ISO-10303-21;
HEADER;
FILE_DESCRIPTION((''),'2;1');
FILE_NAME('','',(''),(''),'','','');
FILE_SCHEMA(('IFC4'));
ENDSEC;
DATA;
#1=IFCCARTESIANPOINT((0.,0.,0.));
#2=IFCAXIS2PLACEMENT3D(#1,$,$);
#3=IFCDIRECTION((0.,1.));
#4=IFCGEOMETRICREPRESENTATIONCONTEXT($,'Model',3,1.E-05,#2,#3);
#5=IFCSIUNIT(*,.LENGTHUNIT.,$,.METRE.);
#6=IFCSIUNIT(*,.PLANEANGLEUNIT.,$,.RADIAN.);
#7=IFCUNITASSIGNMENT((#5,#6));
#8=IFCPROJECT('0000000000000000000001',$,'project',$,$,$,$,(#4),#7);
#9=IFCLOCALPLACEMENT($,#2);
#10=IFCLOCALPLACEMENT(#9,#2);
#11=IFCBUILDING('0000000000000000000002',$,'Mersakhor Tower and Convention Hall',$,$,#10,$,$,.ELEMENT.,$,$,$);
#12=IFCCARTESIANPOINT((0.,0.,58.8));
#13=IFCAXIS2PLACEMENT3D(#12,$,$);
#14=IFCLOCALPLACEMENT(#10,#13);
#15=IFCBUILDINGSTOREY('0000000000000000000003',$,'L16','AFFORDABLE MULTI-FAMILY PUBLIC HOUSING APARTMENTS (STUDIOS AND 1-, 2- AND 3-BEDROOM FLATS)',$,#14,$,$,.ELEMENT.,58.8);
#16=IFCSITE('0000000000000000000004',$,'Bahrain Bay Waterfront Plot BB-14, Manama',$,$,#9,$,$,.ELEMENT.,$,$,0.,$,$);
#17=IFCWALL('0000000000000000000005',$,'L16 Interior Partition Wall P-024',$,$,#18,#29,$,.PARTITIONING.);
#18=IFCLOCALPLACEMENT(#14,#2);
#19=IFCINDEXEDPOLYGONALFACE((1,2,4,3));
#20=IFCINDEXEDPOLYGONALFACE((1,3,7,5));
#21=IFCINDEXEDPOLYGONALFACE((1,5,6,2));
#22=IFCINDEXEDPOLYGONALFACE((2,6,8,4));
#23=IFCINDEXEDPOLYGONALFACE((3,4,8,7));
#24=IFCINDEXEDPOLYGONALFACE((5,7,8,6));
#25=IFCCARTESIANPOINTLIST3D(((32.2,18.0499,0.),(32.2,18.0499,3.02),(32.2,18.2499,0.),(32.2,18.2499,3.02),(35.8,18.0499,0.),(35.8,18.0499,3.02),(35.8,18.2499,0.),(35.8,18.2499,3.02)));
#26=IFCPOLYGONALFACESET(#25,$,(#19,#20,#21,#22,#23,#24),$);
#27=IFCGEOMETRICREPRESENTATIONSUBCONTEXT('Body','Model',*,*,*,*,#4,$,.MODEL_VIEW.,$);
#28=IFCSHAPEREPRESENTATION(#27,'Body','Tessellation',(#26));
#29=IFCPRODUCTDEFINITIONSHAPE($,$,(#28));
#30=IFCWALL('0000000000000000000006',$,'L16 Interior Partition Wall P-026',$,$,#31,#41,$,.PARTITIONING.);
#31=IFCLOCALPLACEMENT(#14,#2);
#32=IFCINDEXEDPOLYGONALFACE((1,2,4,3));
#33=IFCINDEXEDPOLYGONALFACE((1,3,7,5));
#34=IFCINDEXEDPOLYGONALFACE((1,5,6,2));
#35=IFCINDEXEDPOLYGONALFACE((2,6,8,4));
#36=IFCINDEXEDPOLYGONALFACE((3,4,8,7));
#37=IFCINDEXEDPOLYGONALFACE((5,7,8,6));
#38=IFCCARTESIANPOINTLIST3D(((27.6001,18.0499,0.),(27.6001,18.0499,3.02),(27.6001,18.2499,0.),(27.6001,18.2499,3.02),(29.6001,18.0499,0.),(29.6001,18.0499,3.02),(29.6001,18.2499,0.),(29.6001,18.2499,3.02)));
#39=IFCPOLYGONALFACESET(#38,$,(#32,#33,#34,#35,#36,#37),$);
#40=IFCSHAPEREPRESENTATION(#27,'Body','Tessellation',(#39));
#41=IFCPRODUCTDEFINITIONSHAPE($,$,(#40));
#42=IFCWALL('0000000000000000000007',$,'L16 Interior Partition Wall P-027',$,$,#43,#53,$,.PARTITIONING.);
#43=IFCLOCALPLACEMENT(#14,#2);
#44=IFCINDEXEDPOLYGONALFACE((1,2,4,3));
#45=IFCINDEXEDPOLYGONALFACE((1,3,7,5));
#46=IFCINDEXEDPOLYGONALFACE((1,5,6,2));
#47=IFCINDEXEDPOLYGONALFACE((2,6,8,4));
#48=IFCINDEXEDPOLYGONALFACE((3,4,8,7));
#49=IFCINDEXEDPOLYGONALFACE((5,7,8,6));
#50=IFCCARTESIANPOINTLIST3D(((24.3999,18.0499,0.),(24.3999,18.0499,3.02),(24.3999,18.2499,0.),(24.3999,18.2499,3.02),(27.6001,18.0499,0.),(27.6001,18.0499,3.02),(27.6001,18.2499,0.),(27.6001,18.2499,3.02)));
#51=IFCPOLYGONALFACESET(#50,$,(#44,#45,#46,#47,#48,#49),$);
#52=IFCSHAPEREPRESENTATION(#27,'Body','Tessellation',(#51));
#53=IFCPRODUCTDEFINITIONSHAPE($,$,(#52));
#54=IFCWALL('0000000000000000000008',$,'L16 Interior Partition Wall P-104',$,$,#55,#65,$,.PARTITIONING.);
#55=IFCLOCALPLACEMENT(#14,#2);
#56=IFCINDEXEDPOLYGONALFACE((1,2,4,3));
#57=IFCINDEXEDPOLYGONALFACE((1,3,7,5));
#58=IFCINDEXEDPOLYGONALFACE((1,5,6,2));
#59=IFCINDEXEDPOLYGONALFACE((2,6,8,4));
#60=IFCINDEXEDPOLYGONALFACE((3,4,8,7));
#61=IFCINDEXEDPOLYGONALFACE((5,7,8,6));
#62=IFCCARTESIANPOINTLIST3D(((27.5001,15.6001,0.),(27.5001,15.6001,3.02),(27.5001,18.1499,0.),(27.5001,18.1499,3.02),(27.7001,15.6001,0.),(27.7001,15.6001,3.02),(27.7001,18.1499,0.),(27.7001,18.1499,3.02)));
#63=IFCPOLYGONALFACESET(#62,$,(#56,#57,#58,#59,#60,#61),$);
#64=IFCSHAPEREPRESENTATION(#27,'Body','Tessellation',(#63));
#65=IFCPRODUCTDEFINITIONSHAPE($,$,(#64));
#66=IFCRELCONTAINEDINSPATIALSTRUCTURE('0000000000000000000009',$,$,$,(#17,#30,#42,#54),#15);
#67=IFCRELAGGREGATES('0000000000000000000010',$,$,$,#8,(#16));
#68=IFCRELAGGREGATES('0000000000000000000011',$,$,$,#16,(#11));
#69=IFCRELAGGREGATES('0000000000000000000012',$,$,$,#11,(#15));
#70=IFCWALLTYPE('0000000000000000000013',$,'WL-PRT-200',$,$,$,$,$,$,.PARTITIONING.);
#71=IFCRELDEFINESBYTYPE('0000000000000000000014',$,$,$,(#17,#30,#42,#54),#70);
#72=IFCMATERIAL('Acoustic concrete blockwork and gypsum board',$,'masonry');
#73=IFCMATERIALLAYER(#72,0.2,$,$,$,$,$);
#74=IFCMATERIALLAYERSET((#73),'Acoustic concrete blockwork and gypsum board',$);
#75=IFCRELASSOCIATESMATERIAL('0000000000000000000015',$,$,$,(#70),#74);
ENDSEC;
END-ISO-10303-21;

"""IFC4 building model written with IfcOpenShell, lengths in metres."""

from ifc_helpers import new_model, si_unit, direction, frame, frame_2d, origin, place, context, subcontext, project, spatial, rectangle, extrude, material, layer, layer_set, type_object, element, save


model = new_model("IFC4")

# Units and contexts
model_context = context("Model", 3, precision=1e-05, world=origin(), true_north=direction((0.0, 1.0)))
body_context = subcontext(model_context, "Body", "Model", "MODEL_VIEW")
ifc_project = project(units=[si_unit("LENGTHUNIT", "METRE"), si_unit("PLANEANGLEUNIT", "RADIAN")], contexts=[model_context])

# Site, building, storey
site_placement = place(None, origin())
site = spatial("IfcSite", under=ifc_project, at=site_placement, Name="Bahrain Bay Waterfront Plot BB-14, Manama", CompositionType="ELEMENT", RefElevation=0.0)
building_placement = place(site_placement, origin())
building = spatial("IfcBuilding", under=site, at=building_placement, Name="Mersakhor Tower and Convention Hall", CompositionType="ELEMENT")
storey_placement = place(building_placement, frame((0.0, 0.0, 58.8)))
storey = spatial("IfcBuildingStorey", under=building, at=storey_placement, Name="L16", Description="AFFORDABLE MULTI-FAMILY PUBLIC HOUSING APARTMENTS (STUDIOS AND 1-, 2- AND 3-BEDROOM FLATS)", CompositionType="ELEMENT", Elevation=58.8)

# Wall
ifc_material_1 = material(Name="Acoustic concrete blockwork and gypsum board", Category="masonry")
ifc_layer_1 = layer(ifc_material_1, 0.2)
ifc_layer_set_1 = layer_set([ifc_layer_1], Name="Acoustic concrete blockwork and gypsum board")
wall_type_1 = type_object("IfcWallType", Name="WL-PRT-200", PredefinedType="PARTITIONING", material=ifc_layer_set_1)
wall_1_placement = place(storey_placement, frame((35.8, 18.1499, 0.0), z_axis=(0.0, 0.0, 1.0), x_axis=(-1.0, 0.0, 0.0)))
element("IfcWall", 1, at=wall_1_placement, inside=storey, type_object=wall_type_1, Name="L16 Interior Partition Wall P-024", PredefinedType="PARTITIONING", context=body_context, shape_type="SweptSolid", body=[
    extrude(rectangle(XDim=3.6001, YDim=0.2, at=frame_2d((1.8, 0.0))), origin(), (0.0, 0.0, 1.0), 3.02),
])

# Walls
wall_2_placement = place(storey_placement, frame((29.6001, 18.1499, 0.0), z_axis=(0.0, 0.0, 1.0), x_axis=(-1.0, 0.0, 0.0)))
element("IfcWall", 2, at=wall_2_placement, inside=storey, type_object=wall_type_1, Name="L16 Interior Partition Wall P-026", PredefinedType="PARTITIONING", context=body_context, shape_type="SweptSolid", body=[
    extrude(rectangle(XDim=2.0, YDim=0.2, at=frame_2d((1.0, 0.0))), origin(), (0.0, 0.0, 1.0), 3.02),
])
wall_3_placement = place(storey_placement, frame((27.6001, 18.1499, 0.0), z_axis=(0.0, 0.0, 1.0), x_axis=(-1.0, 0.0, 0.0)))
element("IfcWall", 3, at=wall_3_placement, inside=storey, type_object=wall_type_1, Name="L16 Interior Partition Wall P-027", PredefinedType="PARTITIONING", context=body_context, shape_type="SweptSolid", body=[
    extrude(rectangle(XDim=3.2002, YDim=0.2, at=frame_2d((1.6001, 0.0))), origin(), (0.0, 0.0, 1.0), 3.02),
])
wall_4_placement = place(storey_placement, frame((27.6001, 18.1499, 0.0), z_axis=(0.0, 0.0, 1.0), x_axis=(0.0, -1.0, 0.0)))
element("IfcWall", 4, at=wall_4_placement, inside=storey, type_object=wall_type_1, Name="L16 Interior Partition Wall P-104", PredefinedType="PARTITIONING", context=body_context, shape_type="SweptSolid", body=[
    extrude(rectangle(XDim=2.5498, YDim=0.2, at=frame_2d((1.2749, 0.0))), origin(), (0.0, 0.0, 1.0), 3.02),
])

save(model, "model.ifc")
